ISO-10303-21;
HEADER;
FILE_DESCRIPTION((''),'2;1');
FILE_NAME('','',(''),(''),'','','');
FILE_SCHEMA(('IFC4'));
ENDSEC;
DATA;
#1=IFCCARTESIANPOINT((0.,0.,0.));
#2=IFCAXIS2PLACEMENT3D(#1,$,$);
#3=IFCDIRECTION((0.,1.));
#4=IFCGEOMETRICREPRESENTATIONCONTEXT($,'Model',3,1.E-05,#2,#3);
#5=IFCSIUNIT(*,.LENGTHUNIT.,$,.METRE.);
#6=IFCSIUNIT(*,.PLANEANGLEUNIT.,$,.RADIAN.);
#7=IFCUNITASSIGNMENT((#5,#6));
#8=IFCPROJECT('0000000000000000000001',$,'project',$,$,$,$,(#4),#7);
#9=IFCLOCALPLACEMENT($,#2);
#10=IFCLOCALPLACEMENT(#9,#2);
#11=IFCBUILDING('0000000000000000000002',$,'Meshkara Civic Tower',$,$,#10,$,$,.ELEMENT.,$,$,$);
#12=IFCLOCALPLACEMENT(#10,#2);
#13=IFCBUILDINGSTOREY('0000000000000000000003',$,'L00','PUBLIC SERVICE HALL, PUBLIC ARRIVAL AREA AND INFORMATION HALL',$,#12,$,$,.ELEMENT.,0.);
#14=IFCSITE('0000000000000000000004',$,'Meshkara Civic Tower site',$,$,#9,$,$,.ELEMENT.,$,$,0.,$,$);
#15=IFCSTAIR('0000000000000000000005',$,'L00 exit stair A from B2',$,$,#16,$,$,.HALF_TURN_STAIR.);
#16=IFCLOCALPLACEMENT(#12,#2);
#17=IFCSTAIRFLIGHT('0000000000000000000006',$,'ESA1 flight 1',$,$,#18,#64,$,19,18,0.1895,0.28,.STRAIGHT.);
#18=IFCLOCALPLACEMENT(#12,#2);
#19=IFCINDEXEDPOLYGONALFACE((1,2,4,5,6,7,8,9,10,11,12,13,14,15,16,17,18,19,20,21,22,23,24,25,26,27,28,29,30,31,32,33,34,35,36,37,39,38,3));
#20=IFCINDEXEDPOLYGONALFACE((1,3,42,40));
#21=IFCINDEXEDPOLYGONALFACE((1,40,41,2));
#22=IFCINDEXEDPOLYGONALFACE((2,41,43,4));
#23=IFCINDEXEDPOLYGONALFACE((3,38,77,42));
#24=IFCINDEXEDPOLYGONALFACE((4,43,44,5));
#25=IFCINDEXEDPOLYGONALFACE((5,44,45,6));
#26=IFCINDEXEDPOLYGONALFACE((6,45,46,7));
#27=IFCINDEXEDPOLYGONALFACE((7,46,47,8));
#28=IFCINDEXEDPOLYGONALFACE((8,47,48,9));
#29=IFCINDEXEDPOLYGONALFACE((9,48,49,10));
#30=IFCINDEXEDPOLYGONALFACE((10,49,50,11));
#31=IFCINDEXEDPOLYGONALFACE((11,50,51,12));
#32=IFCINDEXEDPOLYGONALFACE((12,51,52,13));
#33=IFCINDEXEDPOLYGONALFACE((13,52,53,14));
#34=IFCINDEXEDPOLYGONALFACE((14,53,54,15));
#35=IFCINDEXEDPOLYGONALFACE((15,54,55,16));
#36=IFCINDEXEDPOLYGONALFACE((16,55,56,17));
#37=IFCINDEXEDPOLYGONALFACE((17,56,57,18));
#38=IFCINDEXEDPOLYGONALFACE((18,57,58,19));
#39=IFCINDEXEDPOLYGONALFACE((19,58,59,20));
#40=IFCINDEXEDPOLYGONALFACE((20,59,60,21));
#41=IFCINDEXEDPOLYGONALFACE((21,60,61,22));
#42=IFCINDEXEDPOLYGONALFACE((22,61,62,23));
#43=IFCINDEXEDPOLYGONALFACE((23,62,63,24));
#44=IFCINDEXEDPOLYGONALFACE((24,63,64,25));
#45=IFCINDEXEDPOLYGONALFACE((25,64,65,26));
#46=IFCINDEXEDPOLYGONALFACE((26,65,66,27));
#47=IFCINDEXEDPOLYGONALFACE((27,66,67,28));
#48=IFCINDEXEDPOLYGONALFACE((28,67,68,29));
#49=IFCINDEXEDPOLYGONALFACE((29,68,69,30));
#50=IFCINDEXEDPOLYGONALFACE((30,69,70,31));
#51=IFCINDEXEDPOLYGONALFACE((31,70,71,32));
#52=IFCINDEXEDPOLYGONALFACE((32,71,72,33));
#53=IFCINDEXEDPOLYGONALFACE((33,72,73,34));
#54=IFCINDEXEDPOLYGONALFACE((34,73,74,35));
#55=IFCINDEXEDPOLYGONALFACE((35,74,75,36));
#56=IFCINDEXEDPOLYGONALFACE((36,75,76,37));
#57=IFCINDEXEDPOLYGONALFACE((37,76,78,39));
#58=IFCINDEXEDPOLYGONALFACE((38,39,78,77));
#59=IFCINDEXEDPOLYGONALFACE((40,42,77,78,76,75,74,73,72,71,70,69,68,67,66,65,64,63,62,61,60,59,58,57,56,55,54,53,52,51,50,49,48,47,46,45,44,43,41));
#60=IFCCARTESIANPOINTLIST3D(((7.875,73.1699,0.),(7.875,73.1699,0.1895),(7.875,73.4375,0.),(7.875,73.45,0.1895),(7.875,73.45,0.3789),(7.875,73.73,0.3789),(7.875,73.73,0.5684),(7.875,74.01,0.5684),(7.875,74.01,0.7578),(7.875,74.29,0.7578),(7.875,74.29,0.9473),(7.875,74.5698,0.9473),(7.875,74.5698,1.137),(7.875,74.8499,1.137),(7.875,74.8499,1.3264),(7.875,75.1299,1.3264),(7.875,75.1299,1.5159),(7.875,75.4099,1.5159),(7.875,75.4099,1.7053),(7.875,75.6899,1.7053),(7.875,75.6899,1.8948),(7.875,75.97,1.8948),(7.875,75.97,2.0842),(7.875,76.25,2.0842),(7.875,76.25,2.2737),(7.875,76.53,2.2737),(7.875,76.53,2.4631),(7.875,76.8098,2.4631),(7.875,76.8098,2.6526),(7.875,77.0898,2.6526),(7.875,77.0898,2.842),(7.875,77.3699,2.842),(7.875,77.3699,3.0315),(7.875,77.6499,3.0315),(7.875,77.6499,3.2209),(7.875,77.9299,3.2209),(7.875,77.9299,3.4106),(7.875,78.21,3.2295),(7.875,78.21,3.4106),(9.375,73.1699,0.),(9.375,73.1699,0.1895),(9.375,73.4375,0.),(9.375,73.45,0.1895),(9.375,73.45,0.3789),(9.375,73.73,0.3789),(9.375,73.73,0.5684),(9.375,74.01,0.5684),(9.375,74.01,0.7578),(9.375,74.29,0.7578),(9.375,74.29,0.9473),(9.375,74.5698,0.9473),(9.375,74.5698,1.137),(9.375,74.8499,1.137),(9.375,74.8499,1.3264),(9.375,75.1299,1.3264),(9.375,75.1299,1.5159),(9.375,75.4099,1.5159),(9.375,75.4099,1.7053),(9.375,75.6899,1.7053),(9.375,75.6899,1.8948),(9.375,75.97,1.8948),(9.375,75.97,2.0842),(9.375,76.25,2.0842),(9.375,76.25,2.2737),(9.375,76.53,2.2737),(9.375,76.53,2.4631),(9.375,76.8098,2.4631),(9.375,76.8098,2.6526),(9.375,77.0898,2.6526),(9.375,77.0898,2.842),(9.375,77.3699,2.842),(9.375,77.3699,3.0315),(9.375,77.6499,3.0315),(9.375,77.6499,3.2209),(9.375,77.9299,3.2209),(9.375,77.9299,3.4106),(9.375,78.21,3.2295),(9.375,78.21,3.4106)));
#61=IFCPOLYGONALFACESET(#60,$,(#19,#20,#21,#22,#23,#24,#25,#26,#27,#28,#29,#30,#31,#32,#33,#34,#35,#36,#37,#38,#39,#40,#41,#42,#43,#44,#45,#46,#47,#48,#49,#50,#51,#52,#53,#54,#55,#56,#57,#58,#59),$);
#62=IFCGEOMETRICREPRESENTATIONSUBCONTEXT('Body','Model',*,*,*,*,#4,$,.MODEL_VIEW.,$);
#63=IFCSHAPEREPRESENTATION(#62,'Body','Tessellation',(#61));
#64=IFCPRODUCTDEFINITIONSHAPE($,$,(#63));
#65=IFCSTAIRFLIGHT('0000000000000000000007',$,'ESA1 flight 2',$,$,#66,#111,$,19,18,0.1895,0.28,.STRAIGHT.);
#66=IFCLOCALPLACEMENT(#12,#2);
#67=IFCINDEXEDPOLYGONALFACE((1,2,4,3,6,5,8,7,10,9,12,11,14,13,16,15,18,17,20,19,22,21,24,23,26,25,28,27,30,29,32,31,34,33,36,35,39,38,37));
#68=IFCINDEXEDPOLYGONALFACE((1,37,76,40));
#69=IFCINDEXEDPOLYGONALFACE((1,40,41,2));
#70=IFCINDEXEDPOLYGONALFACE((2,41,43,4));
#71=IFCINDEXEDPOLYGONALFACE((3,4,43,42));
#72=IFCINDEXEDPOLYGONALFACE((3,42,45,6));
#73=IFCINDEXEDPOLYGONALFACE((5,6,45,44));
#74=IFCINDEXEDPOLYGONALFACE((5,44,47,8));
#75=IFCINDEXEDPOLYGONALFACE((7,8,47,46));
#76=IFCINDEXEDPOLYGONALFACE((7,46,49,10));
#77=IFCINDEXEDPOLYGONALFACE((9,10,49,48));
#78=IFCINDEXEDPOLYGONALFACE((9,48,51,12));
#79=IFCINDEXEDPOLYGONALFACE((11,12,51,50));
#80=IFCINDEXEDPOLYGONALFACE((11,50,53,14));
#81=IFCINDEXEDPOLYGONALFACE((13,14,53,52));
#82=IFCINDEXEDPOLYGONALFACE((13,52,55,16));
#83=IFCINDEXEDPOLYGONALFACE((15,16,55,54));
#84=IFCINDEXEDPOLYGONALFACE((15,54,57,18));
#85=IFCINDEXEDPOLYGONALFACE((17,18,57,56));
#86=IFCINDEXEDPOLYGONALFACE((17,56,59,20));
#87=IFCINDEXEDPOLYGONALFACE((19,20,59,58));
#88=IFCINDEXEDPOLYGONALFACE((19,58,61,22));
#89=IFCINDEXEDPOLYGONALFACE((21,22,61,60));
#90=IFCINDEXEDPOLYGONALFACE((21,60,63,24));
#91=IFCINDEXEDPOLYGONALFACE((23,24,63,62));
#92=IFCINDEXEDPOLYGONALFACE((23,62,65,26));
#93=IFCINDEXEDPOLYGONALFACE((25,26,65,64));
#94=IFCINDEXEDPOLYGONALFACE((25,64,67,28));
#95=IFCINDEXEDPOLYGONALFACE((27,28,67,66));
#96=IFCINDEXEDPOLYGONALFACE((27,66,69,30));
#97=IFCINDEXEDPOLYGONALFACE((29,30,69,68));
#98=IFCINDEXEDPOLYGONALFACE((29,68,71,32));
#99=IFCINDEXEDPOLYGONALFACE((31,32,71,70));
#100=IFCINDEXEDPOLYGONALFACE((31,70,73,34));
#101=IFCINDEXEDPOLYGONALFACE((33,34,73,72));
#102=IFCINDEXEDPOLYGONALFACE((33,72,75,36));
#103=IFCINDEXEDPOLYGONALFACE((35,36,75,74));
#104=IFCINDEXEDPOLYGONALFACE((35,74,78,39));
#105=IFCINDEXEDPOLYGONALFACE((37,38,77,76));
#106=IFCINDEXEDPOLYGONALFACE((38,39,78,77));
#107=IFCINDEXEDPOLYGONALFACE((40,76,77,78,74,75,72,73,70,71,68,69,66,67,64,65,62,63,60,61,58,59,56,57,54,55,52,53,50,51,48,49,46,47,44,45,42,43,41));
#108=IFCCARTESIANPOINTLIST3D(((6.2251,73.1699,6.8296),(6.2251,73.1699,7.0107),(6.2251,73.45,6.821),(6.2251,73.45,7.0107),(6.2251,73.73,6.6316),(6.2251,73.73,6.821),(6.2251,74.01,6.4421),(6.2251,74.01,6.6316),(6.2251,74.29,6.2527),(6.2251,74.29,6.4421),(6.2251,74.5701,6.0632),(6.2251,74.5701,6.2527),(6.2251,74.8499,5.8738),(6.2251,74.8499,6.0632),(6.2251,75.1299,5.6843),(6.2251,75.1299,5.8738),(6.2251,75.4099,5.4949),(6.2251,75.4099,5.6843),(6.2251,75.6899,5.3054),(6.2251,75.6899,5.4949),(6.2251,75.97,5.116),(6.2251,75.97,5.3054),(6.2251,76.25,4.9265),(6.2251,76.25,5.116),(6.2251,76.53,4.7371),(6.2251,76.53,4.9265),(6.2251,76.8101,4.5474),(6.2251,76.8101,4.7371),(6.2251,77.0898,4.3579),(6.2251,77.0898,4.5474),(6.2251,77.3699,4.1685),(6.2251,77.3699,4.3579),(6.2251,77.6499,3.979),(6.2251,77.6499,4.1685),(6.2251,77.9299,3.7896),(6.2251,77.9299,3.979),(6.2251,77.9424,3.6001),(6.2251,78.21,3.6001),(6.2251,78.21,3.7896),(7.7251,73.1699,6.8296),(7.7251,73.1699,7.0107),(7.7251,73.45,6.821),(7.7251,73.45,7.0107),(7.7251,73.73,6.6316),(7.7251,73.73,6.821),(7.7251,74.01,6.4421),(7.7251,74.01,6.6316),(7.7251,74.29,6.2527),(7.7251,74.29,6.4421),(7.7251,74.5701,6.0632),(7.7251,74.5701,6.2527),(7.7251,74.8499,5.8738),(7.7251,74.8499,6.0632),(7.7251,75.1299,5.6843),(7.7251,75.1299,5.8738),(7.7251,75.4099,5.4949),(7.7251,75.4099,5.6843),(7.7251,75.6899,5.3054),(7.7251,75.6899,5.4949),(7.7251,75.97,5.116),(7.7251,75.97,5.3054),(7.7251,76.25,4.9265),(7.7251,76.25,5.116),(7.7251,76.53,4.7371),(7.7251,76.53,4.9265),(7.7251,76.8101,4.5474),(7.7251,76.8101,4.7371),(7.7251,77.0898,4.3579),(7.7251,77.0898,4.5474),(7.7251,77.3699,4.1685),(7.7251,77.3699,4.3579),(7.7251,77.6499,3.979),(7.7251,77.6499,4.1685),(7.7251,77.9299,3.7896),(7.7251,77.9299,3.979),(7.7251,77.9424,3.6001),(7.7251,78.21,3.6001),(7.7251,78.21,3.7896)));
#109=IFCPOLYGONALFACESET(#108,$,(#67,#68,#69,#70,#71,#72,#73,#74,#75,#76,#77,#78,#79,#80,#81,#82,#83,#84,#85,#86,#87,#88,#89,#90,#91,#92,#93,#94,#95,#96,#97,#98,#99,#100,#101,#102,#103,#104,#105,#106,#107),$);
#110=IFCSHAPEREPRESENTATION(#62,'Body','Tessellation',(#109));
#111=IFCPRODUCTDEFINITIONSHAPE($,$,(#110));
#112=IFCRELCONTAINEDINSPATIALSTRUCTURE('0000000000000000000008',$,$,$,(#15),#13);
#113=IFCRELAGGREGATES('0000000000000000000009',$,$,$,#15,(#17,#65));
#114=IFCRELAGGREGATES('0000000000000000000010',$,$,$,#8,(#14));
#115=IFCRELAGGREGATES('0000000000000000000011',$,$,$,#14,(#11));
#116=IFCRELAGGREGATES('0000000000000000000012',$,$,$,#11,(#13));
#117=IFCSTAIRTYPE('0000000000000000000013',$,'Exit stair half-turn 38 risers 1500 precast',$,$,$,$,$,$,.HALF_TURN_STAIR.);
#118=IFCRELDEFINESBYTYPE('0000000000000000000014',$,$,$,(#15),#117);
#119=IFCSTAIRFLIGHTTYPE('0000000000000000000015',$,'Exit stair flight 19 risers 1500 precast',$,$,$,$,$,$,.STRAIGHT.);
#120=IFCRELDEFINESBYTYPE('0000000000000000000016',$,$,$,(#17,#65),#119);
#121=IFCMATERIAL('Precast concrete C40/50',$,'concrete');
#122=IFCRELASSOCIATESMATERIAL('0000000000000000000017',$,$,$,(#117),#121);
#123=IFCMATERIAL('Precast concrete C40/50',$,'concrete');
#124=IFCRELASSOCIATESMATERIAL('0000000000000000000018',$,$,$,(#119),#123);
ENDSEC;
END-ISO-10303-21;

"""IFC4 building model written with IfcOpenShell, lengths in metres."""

from ifc_helpers import new_model, si_unit, direction, frame, origin, place, context, subcontext, project, spatial, polyline, outline, extrude, material, type_object, element, aggregate, save


model = new_model("IFC4")

# Units and contexts
model_context = context("Model", 3, precision=1e-05, world=origin(), true_north=direction((0.0, 1.0)))
body_context = subcontext(model_context, "Body", "Model", "MODEL_VIEW")
ifc_project = project(units=[si_unit("LENGTHUNIT", "METRE"), si_unit("PLANEANGLEUNIT", "RADIAN")], contexts=[model_context])

# Site, building, storey
site_placement = place(None, origin())
site = spatial("IfcSite", under=ifc_project, at=site_placement, Name="Meshkara Civic Tower site", CompositionType="ELEMENT", RefElevation=0.0)
building_placement = place(site_placement, origin())
building = spatial("IfcBuilding", under=site, at=building_placement, Name="Meshkara Civic Tower", CompositionType="ELEMENT")
storey_placement = place(building_placement, origin())
storey = spatial("IfcBuildingStorey", under=building, at=storey_placement, Name="L00", Description="PUBLIC SERVICE HALL, PUBLIC ARRIVAL AREA AND INFORMATION HALL", CompositionType="ELEMENT", Elevation=0.0)

# Stair, stair flights
ifc_material_1 = material(Name="Precast concrete C40/50", Category="concrete")
stair_type = type_object("IfcStairType", Name="Exit stair half-turn 38 risers 1500 precast", PredefinedType="HALF_TURN_STAIR", material=ifc_material_1)
stair_placement = place(storey_placement, origin())
stair = element("IfcStair", 1, at=stair_placement, inside=storey, type_object=stair_type, Name="L00 exit stair A from B2", PredefinedType="HALF_TURN_STAIR")
ifc_material_2 = material(Name="Precast concrete C40/50", Category="concrete")
stair_flight_type = type_object("IfcStairFlightType", Name="Exit stair flight 19 risers 1500 precast", PredefinedType="STRAIGHT", material=ifc_material_2)
stair_flight_1_placement = place(storey_placement, frame((8.625, 73.1699, 0.0), z_axis=(0.0, 0.0, 1.0), x_axis=(0.0, 1.0, 0.0)))
stair_flight_1 = element("IfcStairFlight", 2, at=stair_flight_1_placement, type_object=stair_flight_type, Name="ESA1 flight 1", NumberOfRisers=19, NumberOfTreads=18, PredefinedType="STRAIGHT", RiserHeight=0.1895, TreadLength=0.28, context=body_context, shape_type="SweptSolid", body=[
    extrude(outline(polyline([(0.0, 0.0), (0.0, 0.1895), (0.28, 0.1895), (0.28, 0.3789), (0.5601, 0.3789), (0.5601, 0.5684), (0.8401, 0.5684), (0.8401, 0.7578), (1.1201, 0.7578), (1.1201, 0.9473), (1.3999, 0.9473), (1.3999, 1.137), (1.6799, 1.137), (1.6799, 1.3264), (1.96, 1.3264), (1.96, 1.5159), (2.24, 1.5159), (2.24, 1.7053), (2.52, 1.7053), (2.52, 1.8948), (2.8, 1.8948), (2.8, 2.0842), (3.0801, 2.0842), (3.0801, 2.2737), (3.3601, 2.2737), (3.3601, 2.4631), (3.6399, 2.4631), (3.6399, 2.6526), (3.9199, 2.6526), (3.9199, 2.842), (4.2, 2.842), (4.2, 3.0315), (4.48, 3.0315), (4.48, 3.2209), (4.76, 3.2209), (4.76, 3.4106), (5.04, 3.4106), (5.04, 3.6001), (5.04, 3.2295), (0.2676, 0.0), (0.0, 0.0)])), frame((0.0, 0.75, 0.0), z_axis=(0.0, -1.0, 0.0), x_axis=(1.0, 0.0, 0.0)), (0.0, 0.0, 1.0), 1.5),
])
stair_flight_2_placement = place(storey_placement, frame((6.9751, 78.21, 3.6001), z_axis=(0.0, 0.0, 1.0), x_axis=(0.0, -1.0, 0.0)))
stair_flight_2 = element("IfcStairFlight", 3, at=stair_flight_2_placement, type_object=stair_flight_type, Name="ESA1 flight 2", NumberOfRisers=19, NumberOfTreads=18, PredefinedType="STRAIGHT", RiserHeight=0.1895, TreadLength=0.28, context=body_context, shape_type="SweptSolid", body=[
    extrude(outline(polyline([(0.0, 0.0), (0.0, 0.1895), (0.28, 0.1895), (0.28, 0.3789), (0.5601, 0.3789), (0.5601, 0.5684), (0.8401, 0.5684), (0.8401, 0.7578), (1.1201, 0.7578), (1.1201, 0.9473), (1.3999, 0.9473), (1.3999, 1.137), (1.6799, 1.137), (1.6799, 1.3264), (1.96, 1.3264), (1.96, 1.5159), (2.24, 1.5159), (2.24, 1.7053), (2.52, 1.7053), (2.52, 1.8948), (2.8, 1.8948), (2.8, 2.0842), (3.0801, 2.0842), (3.0801, 2.2737), (3.3601, 2.2737), (3.3601, 2.4631), (3.6399, 2.4631), (3.6399, 2.6526), (3.9199, 2.6526), (3.9199, 2.842), (4.2, 2.842), (4.2, 3.0315), (4.48, 3.0315), (4.48, 3.2209), (4.76, 3.2209), (4.76, 3.4106), (5.04, 3.4106), (5.04, 3.6001), (5.04, 3.2295), (0.2676, 0.0), (0.0, 0.0)])), frame((0.0, 0.75, 0.0), z_axis=(0.0, -1.0, 0.0), x_axis=(1.0, 0.0, 0.0)), (0.0, 0.0, 1.0), 1.5),
])
aggregate(stair, [stair_flight_1, stair_flight_2])

save(model, "model.ifc")
